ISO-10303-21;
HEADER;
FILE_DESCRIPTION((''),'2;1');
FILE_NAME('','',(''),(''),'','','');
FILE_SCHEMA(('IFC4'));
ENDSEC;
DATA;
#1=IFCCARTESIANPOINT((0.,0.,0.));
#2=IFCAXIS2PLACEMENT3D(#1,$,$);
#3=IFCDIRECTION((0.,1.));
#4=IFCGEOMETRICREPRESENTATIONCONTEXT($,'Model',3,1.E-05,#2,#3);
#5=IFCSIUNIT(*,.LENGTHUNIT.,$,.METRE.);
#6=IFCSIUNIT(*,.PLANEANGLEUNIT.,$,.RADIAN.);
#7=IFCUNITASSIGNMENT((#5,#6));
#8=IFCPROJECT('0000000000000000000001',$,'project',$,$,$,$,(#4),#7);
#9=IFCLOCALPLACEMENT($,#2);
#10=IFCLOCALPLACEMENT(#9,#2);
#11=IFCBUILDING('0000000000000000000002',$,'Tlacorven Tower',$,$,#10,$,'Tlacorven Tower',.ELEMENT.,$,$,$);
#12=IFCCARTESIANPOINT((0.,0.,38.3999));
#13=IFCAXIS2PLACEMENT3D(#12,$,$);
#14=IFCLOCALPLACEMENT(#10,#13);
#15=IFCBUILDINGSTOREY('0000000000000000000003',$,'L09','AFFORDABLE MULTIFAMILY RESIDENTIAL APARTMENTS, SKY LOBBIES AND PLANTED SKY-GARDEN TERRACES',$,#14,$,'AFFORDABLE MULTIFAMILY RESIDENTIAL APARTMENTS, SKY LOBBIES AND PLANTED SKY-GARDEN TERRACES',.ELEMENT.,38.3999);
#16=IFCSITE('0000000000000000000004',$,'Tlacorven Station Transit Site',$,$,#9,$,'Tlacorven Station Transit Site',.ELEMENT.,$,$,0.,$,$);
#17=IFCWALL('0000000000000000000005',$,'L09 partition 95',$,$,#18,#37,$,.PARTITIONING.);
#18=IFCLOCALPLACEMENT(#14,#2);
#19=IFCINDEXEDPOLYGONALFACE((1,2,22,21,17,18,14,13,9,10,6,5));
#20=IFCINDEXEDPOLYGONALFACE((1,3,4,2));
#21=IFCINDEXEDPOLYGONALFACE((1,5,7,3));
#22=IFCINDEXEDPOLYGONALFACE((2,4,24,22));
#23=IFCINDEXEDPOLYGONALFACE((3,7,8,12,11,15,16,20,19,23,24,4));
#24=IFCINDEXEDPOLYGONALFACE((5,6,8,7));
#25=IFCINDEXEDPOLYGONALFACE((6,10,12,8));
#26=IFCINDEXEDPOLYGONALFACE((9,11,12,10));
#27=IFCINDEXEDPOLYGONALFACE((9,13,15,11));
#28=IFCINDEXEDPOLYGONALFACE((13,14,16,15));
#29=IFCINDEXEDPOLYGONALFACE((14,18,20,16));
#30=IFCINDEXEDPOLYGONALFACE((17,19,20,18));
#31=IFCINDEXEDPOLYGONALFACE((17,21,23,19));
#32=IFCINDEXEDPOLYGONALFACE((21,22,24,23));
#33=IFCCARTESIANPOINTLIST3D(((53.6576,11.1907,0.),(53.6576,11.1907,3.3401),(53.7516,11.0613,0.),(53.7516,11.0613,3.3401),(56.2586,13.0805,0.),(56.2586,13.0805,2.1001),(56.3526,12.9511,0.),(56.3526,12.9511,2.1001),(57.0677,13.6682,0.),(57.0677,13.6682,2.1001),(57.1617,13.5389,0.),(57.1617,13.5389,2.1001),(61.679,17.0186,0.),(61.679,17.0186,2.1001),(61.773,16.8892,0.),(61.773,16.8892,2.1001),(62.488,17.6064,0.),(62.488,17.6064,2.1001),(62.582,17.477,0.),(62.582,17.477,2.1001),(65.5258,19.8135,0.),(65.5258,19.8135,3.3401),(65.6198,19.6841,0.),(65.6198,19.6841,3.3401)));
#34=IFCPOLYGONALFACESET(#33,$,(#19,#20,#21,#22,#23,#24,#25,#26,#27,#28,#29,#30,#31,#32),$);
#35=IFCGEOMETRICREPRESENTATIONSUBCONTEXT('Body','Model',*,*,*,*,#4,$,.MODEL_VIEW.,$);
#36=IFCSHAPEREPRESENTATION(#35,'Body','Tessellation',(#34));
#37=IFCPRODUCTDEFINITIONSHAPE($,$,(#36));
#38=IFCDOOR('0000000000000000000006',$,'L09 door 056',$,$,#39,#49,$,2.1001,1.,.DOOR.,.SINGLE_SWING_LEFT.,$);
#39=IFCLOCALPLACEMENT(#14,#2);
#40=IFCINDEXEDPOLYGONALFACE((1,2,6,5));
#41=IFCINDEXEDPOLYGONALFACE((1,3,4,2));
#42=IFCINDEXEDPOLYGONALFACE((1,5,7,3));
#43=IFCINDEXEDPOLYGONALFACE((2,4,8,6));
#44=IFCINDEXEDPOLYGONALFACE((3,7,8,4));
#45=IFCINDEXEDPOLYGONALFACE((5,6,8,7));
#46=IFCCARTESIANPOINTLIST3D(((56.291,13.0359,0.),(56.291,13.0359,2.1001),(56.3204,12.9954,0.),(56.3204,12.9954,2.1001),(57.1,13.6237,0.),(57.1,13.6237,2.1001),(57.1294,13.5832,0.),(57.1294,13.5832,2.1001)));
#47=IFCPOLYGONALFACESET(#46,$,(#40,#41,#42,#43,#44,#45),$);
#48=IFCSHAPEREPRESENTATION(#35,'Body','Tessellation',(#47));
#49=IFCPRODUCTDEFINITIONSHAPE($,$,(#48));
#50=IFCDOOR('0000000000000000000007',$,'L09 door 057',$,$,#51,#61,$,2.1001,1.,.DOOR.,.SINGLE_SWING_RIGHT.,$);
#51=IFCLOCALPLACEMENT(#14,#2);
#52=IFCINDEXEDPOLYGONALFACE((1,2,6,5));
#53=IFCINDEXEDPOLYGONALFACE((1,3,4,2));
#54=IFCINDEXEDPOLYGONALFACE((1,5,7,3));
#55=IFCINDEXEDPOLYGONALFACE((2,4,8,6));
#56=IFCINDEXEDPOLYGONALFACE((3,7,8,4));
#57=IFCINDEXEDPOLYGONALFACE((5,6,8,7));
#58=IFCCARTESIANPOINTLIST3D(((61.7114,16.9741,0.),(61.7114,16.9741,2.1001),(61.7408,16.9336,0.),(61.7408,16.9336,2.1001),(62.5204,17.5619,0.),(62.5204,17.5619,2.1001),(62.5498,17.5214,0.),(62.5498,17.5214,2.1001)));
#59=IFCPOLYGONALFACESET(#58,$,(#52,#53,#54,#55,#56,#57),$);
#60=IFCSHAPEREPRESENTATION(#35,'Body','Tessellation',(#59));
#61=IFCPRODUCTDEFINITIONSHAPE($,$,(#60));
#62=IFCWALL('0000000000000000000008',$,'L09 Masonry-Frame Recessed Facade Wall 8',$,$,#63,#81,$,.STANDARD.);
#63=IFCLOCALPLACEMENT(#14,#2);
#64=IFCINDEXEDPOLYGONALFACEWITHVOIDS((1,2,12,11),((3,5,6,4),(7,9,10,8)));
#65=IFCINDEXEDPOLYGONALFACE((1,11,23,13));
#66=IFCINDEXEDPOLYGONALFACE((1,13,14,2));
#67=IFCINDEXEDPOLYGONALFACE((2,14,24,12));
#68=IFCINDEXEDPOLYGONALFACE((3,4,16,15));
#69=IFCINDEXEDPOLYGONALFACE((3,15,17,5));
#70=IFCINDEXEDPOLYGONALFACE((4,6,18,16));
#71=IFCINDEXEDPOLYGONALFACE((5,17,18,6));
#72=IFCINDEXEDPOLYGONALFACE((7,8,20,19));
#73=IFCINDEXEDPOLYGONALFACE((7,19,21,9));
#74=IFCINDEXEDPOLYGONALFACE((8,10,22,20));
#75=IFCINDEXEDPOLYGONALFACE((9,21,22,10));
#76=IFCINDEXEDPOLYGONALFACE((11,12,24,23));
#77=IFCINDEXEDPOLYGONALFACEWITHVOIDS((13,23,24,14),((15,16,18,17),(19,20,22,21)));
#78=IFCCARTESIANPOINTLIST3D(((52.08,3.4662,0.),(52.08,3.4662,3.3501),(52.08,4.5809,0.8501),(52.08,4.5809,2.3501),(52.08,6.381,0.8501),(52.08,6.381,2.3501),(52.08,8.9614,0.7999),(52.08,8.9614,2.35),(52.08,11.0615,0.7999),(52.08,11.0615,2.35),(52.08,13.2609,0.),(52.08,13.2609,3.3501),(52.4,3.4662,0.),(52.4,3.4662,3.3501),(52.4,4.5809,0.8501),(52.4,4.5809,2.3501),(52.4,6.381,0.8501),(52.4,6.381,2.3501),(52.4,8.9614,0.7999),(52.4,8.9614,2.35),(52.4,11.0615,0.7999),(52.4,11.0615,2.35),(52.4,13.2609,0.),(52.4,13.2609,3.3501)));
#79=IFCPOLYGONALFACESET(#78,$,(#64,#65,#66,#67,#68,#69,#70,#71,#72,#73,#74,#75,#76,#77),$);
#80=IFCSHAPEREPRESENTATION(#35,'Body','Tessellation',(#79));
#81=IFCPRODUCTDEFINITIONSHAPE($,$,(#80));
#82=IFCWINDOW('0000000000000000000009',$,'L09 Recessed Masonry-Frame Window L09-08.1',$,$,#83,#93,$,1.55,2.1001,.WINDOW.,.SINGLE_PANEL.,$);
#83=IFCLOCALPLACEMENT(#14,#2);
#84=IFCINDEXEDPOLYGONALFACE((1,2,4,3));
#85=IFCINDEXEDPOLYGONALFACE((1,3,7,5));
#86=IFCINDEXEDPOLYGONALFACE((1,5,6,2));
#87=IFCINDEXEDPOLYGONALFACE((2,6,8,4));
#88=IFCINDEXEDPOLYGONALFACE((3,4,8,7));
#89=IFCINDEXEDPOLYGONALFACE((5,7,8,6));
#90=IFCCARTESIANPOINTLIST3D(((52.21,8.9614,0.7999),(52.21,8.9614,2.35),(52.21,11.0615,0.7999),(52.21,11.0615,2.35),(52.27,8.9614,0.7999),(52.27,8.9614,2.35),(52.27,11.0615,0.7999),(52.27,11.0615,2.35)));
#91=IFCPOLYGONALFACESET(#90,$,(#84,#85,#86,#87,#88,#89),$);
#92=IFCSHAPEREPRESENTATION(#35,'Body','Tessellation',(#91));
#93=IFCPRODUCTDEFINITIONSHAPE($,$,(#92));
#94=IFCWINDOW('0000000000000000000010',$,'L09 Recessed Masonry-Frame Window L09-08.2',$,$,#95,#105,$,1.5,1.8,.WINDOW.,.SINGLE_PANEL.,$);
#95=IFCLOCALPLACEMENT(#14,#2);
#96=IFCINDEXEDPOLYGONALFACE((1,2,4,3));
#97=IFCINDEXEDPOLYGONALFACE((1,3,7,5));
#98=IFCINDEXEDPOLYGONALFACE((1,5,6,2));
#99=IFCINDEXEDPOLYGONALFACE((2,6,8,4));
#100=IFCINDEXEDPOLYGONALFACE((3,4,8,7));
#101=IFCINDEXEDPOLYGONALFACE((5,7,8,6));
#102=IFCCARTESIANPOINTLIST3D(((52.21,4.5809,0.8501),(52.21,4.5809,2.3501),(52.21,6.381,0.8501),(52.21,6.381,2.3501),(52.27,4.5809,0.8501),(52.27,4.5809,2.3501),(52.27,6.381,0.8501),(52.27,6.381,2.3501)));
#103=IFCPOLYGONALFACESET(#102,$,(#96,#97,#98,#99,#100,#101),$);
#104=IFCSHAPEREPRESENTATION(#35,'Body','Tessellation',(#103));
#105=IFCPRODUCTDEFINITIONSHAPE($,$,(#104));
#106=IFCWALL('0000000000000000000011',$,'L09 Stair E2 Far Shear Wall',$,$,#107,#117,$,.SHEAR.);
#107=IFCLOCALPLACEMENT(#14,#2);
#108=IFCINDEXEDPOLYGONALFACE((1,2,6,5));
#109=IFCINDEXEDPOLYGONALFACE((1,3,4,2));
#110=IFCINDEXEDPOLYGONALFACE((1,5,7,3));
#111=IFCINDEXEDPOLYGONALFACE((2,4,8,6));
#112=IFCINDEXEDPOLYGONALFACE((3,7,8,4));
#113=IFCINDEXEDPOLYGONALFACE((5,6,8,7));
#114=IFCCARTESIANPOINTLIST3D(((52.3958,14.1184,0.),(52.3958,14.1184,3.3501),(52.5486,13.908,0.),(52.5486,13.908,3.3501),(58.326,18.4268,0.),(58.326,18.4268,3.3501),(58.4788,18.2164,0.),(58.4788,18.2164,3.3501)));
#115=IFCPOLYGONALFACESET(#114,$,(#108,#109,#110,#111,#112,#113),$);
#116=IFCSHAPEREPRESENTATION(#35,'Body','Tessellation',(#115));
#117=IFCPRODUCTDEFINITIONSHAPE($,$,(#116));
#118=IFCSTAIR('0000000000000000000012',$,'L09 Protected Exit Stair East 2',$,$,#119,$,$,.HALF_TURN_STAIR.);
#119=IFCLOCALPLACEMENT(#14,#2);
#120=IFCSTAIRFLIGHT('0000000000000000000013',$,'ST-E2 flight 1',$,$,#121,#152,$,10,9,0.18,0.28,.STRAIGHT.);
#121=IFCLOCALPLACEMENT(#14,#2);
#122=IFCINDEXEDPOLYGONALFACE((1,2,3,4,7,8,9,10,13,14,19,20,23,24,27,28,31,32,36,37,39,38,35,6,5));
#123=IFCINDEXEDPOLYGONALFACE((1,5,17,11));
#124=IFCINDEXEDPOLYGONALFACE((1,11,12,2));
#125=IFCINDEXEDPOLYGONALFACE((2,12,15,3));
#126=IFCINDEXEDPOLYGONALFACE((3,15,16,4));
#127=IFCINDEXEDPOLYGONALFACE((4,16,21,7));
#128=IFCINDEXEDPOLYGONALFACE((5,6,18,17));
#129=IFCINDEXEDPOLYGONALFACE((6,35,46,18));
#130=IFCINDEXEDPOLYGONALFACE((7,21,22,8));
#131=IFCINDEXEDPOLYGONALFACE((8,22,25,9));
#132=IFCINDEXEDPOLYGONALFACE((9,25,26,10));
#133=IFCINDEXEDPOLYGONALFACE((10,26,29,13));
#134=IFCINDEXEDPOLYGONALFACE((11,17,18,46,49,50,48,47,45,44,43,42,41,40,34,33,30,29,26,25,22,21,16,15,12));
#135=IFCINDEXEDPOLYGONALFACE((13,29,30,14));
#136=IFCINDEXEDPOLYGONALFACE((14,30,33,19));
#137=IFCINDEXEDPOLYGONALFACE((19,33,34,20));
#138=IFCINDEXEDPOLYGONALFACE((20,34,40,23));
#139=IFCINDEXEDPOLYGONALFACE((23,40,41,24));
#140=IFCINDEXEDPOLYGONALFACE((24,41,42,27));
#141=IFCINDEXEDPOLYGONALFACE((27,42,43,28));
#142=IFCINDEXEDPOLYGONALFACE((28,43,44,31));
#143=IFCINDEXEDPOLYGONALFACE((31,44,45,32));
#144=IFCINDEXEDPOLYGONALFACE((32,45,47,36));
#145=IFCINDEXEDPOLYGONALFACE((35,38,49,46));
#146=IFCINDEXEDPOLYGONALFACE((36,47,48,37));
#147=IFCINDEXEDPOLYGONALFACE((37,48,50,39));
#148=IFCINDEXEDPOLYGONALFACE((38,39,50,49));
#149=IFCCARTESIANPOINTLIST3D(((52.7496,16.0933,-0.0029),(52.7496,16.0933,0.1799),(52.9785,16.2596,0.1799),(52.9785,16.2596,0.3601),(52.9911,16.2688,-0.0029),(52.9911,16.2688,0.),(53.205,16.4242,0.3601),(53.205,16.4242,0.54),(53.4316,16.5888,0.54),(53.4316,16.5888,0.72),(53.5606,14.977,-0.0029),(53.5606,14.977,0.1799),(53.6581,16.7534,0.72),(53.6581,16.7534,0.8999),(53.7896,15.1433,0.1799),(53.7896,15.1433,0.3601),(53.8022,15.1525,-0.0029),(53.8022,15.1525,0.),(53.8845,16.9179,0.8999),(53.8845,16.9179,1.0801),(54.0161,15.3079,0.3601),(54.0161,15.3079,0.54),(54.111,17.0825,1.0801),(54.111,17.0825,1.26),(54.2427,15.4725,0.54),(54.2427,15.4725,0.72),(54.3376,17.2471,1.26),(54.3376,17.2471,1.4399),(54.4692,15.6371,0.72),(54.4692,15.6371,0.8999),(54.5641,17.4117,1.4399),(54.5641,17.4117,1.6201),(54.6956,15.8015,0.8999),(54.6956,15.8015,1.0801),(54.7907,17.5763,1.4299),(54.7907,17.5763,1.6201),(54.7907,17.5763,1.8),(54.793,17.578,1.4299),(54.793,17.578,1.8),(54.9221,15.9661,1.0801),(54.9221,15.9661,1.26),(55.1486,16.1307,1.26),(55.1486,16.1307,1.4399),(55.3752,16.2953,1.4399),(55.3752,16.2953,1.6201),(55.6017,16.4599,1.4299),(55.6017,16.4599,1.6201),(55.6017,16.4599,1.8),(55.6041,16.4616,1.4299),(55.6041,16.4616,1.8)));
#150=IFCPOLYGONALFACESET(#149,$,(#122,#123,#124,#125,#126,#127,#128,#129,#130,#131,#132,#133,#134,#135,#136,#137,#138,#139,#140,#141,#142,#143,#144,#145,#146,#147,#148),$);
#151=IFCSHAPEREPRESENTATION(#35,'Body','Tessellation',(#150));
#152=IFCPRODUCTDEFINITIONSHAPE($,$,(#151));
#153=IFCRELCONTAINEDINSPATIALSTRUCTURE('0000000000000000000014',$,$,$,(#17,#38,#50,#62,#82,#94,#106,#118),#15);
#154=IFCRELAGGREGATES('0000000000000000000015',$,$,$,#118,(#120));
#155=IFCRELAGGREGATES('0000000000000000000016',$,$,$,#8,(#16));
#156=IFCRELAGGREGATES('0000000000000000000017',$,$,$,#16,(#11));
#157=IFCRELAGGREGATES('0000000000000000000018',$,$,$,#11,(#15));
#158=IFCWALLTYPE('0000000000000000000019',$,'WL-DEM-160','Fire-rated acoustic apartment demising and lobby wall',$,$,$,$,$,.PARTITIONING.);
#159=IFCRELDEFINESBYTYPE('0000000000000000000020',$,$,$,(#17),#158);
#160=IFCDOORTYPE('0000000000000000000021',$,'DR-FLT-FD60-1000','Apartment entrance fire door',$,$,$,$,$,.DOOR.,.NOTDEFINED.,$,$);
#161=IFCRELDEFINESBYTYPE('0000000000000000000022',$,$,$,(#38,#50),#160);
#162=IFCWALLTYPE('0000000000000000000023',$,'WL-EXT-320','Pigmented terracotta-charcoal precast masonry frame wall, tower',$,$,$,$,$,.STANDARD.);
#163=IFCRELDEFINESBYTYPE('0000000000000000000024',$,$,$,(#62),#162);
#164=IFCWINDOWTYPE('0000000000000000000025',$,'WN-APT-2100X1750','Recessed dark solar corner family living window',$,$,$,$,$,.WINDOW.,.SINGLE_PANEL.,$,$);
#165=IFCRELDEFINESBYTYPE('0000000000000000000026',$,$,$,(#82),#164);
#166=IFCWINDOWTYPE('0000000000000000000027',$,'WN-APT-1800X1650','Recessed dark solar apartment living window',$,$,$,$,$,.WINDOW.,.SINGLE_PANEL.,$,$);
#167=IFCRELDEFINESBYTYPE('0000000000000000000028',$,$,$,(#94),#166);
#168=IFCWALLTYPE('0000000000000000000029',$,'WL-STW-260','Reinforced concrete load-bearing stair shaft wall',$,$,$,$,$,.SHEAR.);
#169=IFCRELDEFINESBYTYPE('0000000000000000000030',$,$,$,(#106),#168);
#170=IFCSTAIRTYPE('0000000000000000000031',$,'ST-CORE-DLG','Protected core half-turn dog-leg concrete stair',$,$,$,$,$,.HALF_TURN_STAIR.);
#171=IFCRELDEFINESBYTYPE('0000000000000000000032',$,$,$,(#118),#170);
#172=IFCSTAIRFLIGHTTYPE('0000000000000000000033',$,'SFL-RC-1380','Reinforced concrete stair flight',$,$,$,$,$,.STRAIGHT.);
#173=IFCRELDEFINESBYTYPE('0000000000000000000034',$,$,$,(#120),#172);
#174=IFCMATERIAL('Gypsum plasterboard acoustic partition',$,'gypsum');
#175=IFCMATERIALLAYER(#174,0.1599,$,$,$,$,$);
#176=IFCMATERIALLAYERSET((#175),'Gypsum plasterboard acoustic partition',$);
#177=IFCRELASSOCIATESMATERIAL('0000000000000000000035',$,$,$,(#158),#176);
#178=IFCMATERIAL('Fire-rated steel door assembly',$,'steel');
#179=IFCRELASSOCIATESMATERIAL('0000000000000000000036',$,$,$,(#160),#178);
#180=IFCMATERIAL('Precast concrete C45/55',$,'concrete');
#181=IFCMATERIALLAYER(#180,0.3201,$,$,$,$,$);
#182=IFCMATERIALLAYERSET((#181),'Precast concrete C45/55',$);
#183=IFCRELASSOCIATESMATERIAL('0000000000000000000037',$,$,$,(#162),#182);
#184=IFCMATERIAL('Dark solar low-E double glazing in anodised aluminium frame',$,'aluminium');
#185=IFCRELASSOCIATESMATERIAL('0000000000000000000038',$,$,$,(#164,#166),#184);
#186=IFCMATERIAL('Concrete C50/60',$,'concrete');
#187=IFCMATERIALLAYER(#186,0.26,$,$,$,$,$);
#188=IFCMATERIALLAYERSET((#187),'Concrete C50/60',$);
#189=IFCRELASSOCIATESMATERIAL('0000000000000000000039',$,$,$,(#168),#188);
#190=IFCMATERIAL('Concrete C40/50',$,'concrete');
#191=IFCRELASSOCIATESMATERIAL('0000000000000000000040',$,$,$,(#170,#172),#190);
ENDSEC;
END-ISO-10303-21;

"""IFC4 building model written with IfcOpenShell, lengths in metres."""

from ifc_helpers import new_model, si_unit, direction, frame, frame_2d, origin, place, context, subcontext, project, spatial, polyline, rectangle, outline, extrude, source, transform, mapped, material, layer, layer_set, type_object, element, fill, aggregate, save


model = new_model("IFC4")

# Units and contexts
model_context = context("Model", 3, precision=1e-05, world=origin(), true_north=direction((0.0, 1.0)))
body_context = subcontext(model_context, "Body", "Model", "MODEL_VIEW")
ifc_project = project(units=[si_unit("LENGTHUNIT", "METRE"), si_unit("PLANEANGLEUNIT", "RADIAN")], contexts=[model_context])

# Site, building, storey
site_placement = place(None, origin())
site = spatial("IfcSite", under=ifc_project, at=site_placement, Name="Tlacorven Station Transit Site", LongName="Tlacorven Station Transit Site", CompositionType="ELEMENT", RefElevation=0.0)
building_placement = place(site_placement, origin())
building = spatial("IfcBuilding", under=site, at=building_placement, Name="Tlacorven Tower", LongName="Tlacorven Tower", CompositionType="ELEMENT")
storey_placement = place(building_placement, frame((0.0, 0.0, 38.3999)))
storey = spatial("IfcBuildingStorey", under=building, at=storey_placement, Name="L09", Description="AFFORDABLE MULTIFAMILY RESIDENTIAL APARTMENTS, SKY LOBBIES AND PLANTED SKY-GARDEN TERRACES", LongName="AFFORDABLE MULTIFAMILY RESIDENTIAL APARTMENTS, SKY LOBBIES AND PLANTED SKY-GARDEN TERRACES", CompositionType="ELEMENT", Elevation=38.3999)

# Wall, openings, doors
ifc_material_1 = material(Name="Gypsum plasterboard acoustic partition", Category="gypsum")
ifc_layer_1 = layer(ifc_material_1, 0.1599)
ifc_layer_set_1 = layer_set([ifc_layer_1], Name="Gypsum plasterboard acoustic partition")
wall_type_1 = type_object("IfcWallType", Name="WL-DEM-160", Description="Fire-rated acoustic apartment demising and lobby wall", PredefinedType="PARTITIONING", material=ifc_layer_set_1)
wall_1_placement = place(storey_placement, frame((53.7046, 11.126, 0.0), z_axis=(0.0, 0.0, 1.0), x_axis=(0.809015, 0.587789, 0.0)))
wall_1 = element("IfcWall", 1, at=wall_1_placement, inside=storey, type_object=wall_type_1, Name="L09 partition 95", PredefinedType="PARTITIONING", context=body_context, shape_type="SweptSolid", body=[
    extrude(rectangle(XDim=14.6699, YDim=0.1599, at=frame_2d((7.335, 0.0))), origin(), (0.0, 0.0, 1.0), 3.3401),
])
opening_1_placement = place(wall_1_placement, frame((3.2151, 0.0, 0.0)))
opening_1 = element("IfcOpeningElement", 2, at=opening_1_placement, cuts=wall_1, PredefinedType="OPENING", context=body_context, shape_type="SweptSolid", body=[
    extrude(rectangle(XDim=1.0, YDim=2.1001, at=frame_2d((0.5, 1.05))), frame((0.0, 0.0898, 0.0), z_axis=(0.0, -1.0, 0.0), x_axis=(1.0, 0.0, 0.0)), (0.0, 0.0, 1.0), 0.1799),
])
opening_2_placement = place(wall_1_placement, frame((9.915, 0.0, 0.0)))
opening_2 = element("IfcOpeningElement", 3, at=opening_2_placement, cuts=wall_1, PredefinedType="OPENING", context=body_context, shape_type="SweptSolid", body=[
    extrude(rectangle(XDim=1.0, YDim=2.1001, at=frame_2d((0.5, 1.05))), frame((0.0, 0.0898, 0.0), z_axis=(0.0, -1.0, 0.0), x_axis=(1.0, 0.0, 0.0)), (0.0, 0.0, 1.0), 0.1799),
])
ifc_material_2 = material(Name="Fire-rated steel door assembly", Category="steel")
door_type = type_object("IfcDoorType", Name="DR-FLT-FD60-1000", Description="Apartment entrance fire door", OperationType="NOTDEFINED", PredefinedType="DOOR", material=ifc_material_2)
shared_shape_1 = source(origin(), body_context, "Body", "SweptSolid", [
    extrude(rectangle(XDim=1.0, YDim=2.1001, at=frame_2d((0.5, 1.05))), frame((0.0, 0.0249, 0.0), z_axis=(0.0, -1.0, 0.0), x_axis=(1.0, 0.0, 0.0)), (0.0, 0.0, 1.0), 0.05),
])
door_1_placement = place(opening_1_placement, origin())
door_1 = element("IfcDoor", 4, at=door_1_placement, inside=storey, type_object=door_type, Name="L09 door 056", OperationType="SINGLE_SWING_LEFT", OverallHeight=2.1001, OverallWidth=1.0, PredefinedType="DOOR", context=body_context, shape_type="MappedRepresentation", body=[
    mapped(shared_shape_1, transform((0.0, 0.0, 0.0), scale=1.0)),
])
fill(opening_1, door_1)
door_2_placement = place(opening_2_placement, origin())
door_2 = element("IfcDoor", 5, at=door_2_placement, inside=storey, type_object=door_type, Name="L09 door 057", OperationType="SINGLE_SWING_RIGHT", OverallHeight=2.1001, OverallWidth=1.0, PredefinedType="DOOR", context=body_context, shape_type="MappedRepresentation", body=[
    mapped(shared_shape_1, transform((0.0, 0.0, 0.0), scale=1.0)),
])
fill(opening_2, door_2)

# Wall, openings, windows
ifc_material_3 = material(Name="Precast concrete C45/55", Category="concrete")
ifc_layer_2 = layer(ifc_material_3, 0.3201)
ifc_layer_set_2 = layer_set([ifc_layer_2], Name="Precast concrete C45/55")
wall_type_2 = type_object("IfcWallType", Name="WL-EXT-320", Description="Pigmented terracotta-charcoal precast masonry frame wall, tower", PredefinedType="STANDARD", material=ifc_layer_set_2)
wall_2_placement = place(storey_placement, frame((52.24, 13.261, 0.0), z_axis=(0.0, 0.0, 1.0), x_axis=(0.0, -1.0, 0.0)))
wall_2 = element("IfcWall", 6, at=wall_2_placement, inside=storey, type_object=wall_type_2, Name="L09 Masonry-Frame Recessed Facade Wall 8", PredefinedType="STANDARD", context=body_context, shape_type="SweptSolid", body=[
    extrude(rectangle(XDim=9.7947, YDim=0.3201, at=frame_2d((4.8975, 0.0))), origin(), (0.0, 0.0, 1.0), 3.3501),
])
opening_3_placement = place(wall_2_placement, frame((2.1995, 0.0, 0.8)))
opening_3 = element("IfcOpeningElement", 7, at=opening_3_placement, cuts=wall_2, PredefinedType="OPENING", context=body_context, shape_type="SweptSolid", body=[
    extrude(rectangle(XDim=2.1001, YDim=1.55, at=frame_2d((1.05, 0.7749))), frame((0.0, 0.1699, 0.0), z_axis=(0.0, -1.0, 0.0), x_axis=(1.0, 0.0, 0.0)), (0.0, 0.0, 1.0), 0.3401),
])
opening_4_placement = place(wall_2_placement, frame((6.8801, 0.0, 0.8501)))
opening_4 = element("IfcOpeningElement", 8, at=opening_4_placement, cuts=wall_2, PredefinedType="OPENING", context=body_context, shape_type="SweptSolid", body=[
    extrude(rectangle(XDim=1.8, YDim=1.5, at=frame_2d((0.8999, 0.75))), frame((0.0, 0.1699, 0.0), z_axis=(0.0, -1.0, 0.0), x_axis=(1.0, 0.0, 0.0)), (0.0, 0.0, 1.0), 0.3401),
])
ifc_material_4 = material(Name="Dark solar low-E double glazing in anodised aluminium frame", Category="aluminium")
window_type_1 = type_object("IfcWindowType", Name="WN-APT-2100X1750", Description="Recessed dark solar corner family living window", PartitioningType="SINGLE_PANEL", PredefinedType="WINDOW", material=ifc_material_4)
shared_shape_2 = source(origin(), body_context, "Body", "SweptSolid", [
    extrude(rectangle(XDim=2.1001, YDim=1.55, at=frame_2d((1.05, 0.7749))), frame((0.0, 0.03, 0.0), z_axis=(0.0, -1.0, 0.0), x_axis=(1.0, 0.0, 0.0)), (0.0, 0.0, 1.0), 0.0601),
])
window_1_placement = place(opening_3_placement, origin())
window_1 = element("IfcWindow", 9, at=window_1_placement, inside=storey, type_object=window_type_1, Name="L09 Recessed Masonry-Frame Window L09-08.1", OverallHeight=1.55, OverallWidth=2.1001, PartitioningType="SINGLE_PANEL", PredefinedType="WINDOW", context=body_context, shape_type="MappedRepresentation", body=[
    mapped(shared_shape_2, transform((0.0, 0.0, 0.0), scale=1.0)),
])
fill(opening_3, window_1)
window_type_2 = type_object("IfcWindowType", Name="WN-APT-1800X1650", Description="Recessed dark solar apartment living window", PartitioningType="SINGLE_PANEL", PredefinedType="WINDOW", material=ifc_material_4)
shared_shape_3 = source(origin(), body_context, "Body", "SweptSolid", [
    extrude(rectangle(XDim=1.8, YDim=1.5, at=frame_2d((0.8999, 0.75))), frame((0.0, 0.03, 0.0), z_axis=(0.0, -1.0, 0.0), x_axis=(1.0, 0.0, 0.0)), (0.0, 0.0, 1.0), 0.0601),
])
window_2_placement = place(opening_4_placement, origin())
window_2 = element("IfcWindow", 10, at=window_2_placement, inside=storey, type_object=window_type_2, Name="L09 Recessed Masonry-Frame Window L09-08.2", OverallHeight=1.5, OverallWidth=1.8, PartitioningType="SINGLE_PANEL", PredefinedType="WINDOW", context=body_context, shape_type="MappedRepresentation", body=[
    mapped(shared_shape_3, transform((0.0, 0.0, 0.0), scale=1.0)),
])
fill(opening_4, window_2)

# Wall
ifc_material_5 = material(Name="Concrete C50/60", Category="concrete")
ifc_layer_3 = layer(ifc_material_5, 0.26)
ifc_layer_set_3 = layer_set([ifc_layer_3], Name="Concrete C50/60")
wall_type_3 = type_object("IfcWallType", Name="WL-STW-260", Description="Reinforced concrete load-bearing stair shaft wall", PredefinedType="SHEAR", material=ifc_layer_set_3)
wall_3_placement = place(storey_placement, frame((52.4722, 14.0132, 0.0), z_axis=(0.0, 0.0, 1.0), x_axis=(0.809028, 0.58777, 0.0)))
element("IfcWall", 11, at=wall_3_placement, inside=storey, type_object=wall_type_3, Name="L09 Stair E2 Far Shear Wall", PredefinedType="SHEAR", context=body_context, shape_type="SweptSolid", body=[
    extrude(rectangle(XDim=7.3301, YDim=0.26, at=frame_2d((3.665, 0.0))), origin(), (0.0, 0.0, 1.0), 3.3501),
])

# Stair, stair flight
ifc_material_6 = material(Name="Concrete C40/50", Category="concrete")
stair_type = type_object("IfcStairType", Name="ST-CORE-DLG", Description="Protected core half-turn dog-leg concrete stair", PredefinedType="HALF_TURN_STAIR", material=ifc_material_6)
stair_placement = place(storey_placement, origin())
stair = element("IfcStair", 12, at=stair_placement, inside=storey, type_object=stair_type, Name="L09 Protected Exit Stair East 2", PredefinedType="HALF_TURN_STAIR")
stair_flight_type = type_object("IfcStairFlightType", Name="SFL-RC-1380", Description="Reinforced concrete stair flight", PredefinedType="STRAIGHT", material=ifc_material_6)
shared_shape_4 = source(origin(), body_context, "Body", "SweptSolid", [
    extrude(outline(polyline([(-0.0029, -0.0029), (-0.0029, 0.1799), (0.28, 0.1799), (0.28, 0.3601), (0.5601, 0.3601), (0.5601, 0.54), (0.8401, 0.54), (0.8401, 0.72), (1.1201, 0.72), (1.1201, 0.8999), (1.3999, 0.8999), (1.3999, 1.0801), (1.6799, 1.0801), (1.6799, 1.26), (1.96, 1.26), (1.96, 1.4399), (2.24, 1.4399), (2.24, 1.6201), (2.52, 1.6201), (2.52, 1.8), (2.5229, 1.8), (2.5229, 1.4299), (2.52, 1.4299), (0.2957, 0.0), (0.2957, -0.0029), (-0.0029, -0.0029)])), frame((0.0, 0.6899, 0.0), z_axis=(0.0, -1.0, 0.0), x_axis=(1.0, 0.0, 0.0)), (0.0, 0.0, 1.0), 1.3799),
])
stair_flight_1_placement = place(storey_placement, frame((53.1575, 15.5369, 0.0), z_axis=(0.0, 0.0, 1.0), x_axis=(0.809017, 0.587785, 0.0)))
stair_flight_1 = element("IfcStairFlight", 13, at=stair_flight_1_placement, type_object=stair_flight_type, Name="ST-E2 flight 1", NumberOfRisers=10, NumberOfTreads=9, PredefinedType="STRAIGHT", RiserHeight=0.18, TreadLength=0.28, context=body_context, shape_type="MappedRepresentation", body=[
    mapped(shared_shape_4, transform((0.0, 0.0, 0.0), scale=1.0)),
])
aggregate(stair, [stair_flight_1])

save(model, "model.ifc")
